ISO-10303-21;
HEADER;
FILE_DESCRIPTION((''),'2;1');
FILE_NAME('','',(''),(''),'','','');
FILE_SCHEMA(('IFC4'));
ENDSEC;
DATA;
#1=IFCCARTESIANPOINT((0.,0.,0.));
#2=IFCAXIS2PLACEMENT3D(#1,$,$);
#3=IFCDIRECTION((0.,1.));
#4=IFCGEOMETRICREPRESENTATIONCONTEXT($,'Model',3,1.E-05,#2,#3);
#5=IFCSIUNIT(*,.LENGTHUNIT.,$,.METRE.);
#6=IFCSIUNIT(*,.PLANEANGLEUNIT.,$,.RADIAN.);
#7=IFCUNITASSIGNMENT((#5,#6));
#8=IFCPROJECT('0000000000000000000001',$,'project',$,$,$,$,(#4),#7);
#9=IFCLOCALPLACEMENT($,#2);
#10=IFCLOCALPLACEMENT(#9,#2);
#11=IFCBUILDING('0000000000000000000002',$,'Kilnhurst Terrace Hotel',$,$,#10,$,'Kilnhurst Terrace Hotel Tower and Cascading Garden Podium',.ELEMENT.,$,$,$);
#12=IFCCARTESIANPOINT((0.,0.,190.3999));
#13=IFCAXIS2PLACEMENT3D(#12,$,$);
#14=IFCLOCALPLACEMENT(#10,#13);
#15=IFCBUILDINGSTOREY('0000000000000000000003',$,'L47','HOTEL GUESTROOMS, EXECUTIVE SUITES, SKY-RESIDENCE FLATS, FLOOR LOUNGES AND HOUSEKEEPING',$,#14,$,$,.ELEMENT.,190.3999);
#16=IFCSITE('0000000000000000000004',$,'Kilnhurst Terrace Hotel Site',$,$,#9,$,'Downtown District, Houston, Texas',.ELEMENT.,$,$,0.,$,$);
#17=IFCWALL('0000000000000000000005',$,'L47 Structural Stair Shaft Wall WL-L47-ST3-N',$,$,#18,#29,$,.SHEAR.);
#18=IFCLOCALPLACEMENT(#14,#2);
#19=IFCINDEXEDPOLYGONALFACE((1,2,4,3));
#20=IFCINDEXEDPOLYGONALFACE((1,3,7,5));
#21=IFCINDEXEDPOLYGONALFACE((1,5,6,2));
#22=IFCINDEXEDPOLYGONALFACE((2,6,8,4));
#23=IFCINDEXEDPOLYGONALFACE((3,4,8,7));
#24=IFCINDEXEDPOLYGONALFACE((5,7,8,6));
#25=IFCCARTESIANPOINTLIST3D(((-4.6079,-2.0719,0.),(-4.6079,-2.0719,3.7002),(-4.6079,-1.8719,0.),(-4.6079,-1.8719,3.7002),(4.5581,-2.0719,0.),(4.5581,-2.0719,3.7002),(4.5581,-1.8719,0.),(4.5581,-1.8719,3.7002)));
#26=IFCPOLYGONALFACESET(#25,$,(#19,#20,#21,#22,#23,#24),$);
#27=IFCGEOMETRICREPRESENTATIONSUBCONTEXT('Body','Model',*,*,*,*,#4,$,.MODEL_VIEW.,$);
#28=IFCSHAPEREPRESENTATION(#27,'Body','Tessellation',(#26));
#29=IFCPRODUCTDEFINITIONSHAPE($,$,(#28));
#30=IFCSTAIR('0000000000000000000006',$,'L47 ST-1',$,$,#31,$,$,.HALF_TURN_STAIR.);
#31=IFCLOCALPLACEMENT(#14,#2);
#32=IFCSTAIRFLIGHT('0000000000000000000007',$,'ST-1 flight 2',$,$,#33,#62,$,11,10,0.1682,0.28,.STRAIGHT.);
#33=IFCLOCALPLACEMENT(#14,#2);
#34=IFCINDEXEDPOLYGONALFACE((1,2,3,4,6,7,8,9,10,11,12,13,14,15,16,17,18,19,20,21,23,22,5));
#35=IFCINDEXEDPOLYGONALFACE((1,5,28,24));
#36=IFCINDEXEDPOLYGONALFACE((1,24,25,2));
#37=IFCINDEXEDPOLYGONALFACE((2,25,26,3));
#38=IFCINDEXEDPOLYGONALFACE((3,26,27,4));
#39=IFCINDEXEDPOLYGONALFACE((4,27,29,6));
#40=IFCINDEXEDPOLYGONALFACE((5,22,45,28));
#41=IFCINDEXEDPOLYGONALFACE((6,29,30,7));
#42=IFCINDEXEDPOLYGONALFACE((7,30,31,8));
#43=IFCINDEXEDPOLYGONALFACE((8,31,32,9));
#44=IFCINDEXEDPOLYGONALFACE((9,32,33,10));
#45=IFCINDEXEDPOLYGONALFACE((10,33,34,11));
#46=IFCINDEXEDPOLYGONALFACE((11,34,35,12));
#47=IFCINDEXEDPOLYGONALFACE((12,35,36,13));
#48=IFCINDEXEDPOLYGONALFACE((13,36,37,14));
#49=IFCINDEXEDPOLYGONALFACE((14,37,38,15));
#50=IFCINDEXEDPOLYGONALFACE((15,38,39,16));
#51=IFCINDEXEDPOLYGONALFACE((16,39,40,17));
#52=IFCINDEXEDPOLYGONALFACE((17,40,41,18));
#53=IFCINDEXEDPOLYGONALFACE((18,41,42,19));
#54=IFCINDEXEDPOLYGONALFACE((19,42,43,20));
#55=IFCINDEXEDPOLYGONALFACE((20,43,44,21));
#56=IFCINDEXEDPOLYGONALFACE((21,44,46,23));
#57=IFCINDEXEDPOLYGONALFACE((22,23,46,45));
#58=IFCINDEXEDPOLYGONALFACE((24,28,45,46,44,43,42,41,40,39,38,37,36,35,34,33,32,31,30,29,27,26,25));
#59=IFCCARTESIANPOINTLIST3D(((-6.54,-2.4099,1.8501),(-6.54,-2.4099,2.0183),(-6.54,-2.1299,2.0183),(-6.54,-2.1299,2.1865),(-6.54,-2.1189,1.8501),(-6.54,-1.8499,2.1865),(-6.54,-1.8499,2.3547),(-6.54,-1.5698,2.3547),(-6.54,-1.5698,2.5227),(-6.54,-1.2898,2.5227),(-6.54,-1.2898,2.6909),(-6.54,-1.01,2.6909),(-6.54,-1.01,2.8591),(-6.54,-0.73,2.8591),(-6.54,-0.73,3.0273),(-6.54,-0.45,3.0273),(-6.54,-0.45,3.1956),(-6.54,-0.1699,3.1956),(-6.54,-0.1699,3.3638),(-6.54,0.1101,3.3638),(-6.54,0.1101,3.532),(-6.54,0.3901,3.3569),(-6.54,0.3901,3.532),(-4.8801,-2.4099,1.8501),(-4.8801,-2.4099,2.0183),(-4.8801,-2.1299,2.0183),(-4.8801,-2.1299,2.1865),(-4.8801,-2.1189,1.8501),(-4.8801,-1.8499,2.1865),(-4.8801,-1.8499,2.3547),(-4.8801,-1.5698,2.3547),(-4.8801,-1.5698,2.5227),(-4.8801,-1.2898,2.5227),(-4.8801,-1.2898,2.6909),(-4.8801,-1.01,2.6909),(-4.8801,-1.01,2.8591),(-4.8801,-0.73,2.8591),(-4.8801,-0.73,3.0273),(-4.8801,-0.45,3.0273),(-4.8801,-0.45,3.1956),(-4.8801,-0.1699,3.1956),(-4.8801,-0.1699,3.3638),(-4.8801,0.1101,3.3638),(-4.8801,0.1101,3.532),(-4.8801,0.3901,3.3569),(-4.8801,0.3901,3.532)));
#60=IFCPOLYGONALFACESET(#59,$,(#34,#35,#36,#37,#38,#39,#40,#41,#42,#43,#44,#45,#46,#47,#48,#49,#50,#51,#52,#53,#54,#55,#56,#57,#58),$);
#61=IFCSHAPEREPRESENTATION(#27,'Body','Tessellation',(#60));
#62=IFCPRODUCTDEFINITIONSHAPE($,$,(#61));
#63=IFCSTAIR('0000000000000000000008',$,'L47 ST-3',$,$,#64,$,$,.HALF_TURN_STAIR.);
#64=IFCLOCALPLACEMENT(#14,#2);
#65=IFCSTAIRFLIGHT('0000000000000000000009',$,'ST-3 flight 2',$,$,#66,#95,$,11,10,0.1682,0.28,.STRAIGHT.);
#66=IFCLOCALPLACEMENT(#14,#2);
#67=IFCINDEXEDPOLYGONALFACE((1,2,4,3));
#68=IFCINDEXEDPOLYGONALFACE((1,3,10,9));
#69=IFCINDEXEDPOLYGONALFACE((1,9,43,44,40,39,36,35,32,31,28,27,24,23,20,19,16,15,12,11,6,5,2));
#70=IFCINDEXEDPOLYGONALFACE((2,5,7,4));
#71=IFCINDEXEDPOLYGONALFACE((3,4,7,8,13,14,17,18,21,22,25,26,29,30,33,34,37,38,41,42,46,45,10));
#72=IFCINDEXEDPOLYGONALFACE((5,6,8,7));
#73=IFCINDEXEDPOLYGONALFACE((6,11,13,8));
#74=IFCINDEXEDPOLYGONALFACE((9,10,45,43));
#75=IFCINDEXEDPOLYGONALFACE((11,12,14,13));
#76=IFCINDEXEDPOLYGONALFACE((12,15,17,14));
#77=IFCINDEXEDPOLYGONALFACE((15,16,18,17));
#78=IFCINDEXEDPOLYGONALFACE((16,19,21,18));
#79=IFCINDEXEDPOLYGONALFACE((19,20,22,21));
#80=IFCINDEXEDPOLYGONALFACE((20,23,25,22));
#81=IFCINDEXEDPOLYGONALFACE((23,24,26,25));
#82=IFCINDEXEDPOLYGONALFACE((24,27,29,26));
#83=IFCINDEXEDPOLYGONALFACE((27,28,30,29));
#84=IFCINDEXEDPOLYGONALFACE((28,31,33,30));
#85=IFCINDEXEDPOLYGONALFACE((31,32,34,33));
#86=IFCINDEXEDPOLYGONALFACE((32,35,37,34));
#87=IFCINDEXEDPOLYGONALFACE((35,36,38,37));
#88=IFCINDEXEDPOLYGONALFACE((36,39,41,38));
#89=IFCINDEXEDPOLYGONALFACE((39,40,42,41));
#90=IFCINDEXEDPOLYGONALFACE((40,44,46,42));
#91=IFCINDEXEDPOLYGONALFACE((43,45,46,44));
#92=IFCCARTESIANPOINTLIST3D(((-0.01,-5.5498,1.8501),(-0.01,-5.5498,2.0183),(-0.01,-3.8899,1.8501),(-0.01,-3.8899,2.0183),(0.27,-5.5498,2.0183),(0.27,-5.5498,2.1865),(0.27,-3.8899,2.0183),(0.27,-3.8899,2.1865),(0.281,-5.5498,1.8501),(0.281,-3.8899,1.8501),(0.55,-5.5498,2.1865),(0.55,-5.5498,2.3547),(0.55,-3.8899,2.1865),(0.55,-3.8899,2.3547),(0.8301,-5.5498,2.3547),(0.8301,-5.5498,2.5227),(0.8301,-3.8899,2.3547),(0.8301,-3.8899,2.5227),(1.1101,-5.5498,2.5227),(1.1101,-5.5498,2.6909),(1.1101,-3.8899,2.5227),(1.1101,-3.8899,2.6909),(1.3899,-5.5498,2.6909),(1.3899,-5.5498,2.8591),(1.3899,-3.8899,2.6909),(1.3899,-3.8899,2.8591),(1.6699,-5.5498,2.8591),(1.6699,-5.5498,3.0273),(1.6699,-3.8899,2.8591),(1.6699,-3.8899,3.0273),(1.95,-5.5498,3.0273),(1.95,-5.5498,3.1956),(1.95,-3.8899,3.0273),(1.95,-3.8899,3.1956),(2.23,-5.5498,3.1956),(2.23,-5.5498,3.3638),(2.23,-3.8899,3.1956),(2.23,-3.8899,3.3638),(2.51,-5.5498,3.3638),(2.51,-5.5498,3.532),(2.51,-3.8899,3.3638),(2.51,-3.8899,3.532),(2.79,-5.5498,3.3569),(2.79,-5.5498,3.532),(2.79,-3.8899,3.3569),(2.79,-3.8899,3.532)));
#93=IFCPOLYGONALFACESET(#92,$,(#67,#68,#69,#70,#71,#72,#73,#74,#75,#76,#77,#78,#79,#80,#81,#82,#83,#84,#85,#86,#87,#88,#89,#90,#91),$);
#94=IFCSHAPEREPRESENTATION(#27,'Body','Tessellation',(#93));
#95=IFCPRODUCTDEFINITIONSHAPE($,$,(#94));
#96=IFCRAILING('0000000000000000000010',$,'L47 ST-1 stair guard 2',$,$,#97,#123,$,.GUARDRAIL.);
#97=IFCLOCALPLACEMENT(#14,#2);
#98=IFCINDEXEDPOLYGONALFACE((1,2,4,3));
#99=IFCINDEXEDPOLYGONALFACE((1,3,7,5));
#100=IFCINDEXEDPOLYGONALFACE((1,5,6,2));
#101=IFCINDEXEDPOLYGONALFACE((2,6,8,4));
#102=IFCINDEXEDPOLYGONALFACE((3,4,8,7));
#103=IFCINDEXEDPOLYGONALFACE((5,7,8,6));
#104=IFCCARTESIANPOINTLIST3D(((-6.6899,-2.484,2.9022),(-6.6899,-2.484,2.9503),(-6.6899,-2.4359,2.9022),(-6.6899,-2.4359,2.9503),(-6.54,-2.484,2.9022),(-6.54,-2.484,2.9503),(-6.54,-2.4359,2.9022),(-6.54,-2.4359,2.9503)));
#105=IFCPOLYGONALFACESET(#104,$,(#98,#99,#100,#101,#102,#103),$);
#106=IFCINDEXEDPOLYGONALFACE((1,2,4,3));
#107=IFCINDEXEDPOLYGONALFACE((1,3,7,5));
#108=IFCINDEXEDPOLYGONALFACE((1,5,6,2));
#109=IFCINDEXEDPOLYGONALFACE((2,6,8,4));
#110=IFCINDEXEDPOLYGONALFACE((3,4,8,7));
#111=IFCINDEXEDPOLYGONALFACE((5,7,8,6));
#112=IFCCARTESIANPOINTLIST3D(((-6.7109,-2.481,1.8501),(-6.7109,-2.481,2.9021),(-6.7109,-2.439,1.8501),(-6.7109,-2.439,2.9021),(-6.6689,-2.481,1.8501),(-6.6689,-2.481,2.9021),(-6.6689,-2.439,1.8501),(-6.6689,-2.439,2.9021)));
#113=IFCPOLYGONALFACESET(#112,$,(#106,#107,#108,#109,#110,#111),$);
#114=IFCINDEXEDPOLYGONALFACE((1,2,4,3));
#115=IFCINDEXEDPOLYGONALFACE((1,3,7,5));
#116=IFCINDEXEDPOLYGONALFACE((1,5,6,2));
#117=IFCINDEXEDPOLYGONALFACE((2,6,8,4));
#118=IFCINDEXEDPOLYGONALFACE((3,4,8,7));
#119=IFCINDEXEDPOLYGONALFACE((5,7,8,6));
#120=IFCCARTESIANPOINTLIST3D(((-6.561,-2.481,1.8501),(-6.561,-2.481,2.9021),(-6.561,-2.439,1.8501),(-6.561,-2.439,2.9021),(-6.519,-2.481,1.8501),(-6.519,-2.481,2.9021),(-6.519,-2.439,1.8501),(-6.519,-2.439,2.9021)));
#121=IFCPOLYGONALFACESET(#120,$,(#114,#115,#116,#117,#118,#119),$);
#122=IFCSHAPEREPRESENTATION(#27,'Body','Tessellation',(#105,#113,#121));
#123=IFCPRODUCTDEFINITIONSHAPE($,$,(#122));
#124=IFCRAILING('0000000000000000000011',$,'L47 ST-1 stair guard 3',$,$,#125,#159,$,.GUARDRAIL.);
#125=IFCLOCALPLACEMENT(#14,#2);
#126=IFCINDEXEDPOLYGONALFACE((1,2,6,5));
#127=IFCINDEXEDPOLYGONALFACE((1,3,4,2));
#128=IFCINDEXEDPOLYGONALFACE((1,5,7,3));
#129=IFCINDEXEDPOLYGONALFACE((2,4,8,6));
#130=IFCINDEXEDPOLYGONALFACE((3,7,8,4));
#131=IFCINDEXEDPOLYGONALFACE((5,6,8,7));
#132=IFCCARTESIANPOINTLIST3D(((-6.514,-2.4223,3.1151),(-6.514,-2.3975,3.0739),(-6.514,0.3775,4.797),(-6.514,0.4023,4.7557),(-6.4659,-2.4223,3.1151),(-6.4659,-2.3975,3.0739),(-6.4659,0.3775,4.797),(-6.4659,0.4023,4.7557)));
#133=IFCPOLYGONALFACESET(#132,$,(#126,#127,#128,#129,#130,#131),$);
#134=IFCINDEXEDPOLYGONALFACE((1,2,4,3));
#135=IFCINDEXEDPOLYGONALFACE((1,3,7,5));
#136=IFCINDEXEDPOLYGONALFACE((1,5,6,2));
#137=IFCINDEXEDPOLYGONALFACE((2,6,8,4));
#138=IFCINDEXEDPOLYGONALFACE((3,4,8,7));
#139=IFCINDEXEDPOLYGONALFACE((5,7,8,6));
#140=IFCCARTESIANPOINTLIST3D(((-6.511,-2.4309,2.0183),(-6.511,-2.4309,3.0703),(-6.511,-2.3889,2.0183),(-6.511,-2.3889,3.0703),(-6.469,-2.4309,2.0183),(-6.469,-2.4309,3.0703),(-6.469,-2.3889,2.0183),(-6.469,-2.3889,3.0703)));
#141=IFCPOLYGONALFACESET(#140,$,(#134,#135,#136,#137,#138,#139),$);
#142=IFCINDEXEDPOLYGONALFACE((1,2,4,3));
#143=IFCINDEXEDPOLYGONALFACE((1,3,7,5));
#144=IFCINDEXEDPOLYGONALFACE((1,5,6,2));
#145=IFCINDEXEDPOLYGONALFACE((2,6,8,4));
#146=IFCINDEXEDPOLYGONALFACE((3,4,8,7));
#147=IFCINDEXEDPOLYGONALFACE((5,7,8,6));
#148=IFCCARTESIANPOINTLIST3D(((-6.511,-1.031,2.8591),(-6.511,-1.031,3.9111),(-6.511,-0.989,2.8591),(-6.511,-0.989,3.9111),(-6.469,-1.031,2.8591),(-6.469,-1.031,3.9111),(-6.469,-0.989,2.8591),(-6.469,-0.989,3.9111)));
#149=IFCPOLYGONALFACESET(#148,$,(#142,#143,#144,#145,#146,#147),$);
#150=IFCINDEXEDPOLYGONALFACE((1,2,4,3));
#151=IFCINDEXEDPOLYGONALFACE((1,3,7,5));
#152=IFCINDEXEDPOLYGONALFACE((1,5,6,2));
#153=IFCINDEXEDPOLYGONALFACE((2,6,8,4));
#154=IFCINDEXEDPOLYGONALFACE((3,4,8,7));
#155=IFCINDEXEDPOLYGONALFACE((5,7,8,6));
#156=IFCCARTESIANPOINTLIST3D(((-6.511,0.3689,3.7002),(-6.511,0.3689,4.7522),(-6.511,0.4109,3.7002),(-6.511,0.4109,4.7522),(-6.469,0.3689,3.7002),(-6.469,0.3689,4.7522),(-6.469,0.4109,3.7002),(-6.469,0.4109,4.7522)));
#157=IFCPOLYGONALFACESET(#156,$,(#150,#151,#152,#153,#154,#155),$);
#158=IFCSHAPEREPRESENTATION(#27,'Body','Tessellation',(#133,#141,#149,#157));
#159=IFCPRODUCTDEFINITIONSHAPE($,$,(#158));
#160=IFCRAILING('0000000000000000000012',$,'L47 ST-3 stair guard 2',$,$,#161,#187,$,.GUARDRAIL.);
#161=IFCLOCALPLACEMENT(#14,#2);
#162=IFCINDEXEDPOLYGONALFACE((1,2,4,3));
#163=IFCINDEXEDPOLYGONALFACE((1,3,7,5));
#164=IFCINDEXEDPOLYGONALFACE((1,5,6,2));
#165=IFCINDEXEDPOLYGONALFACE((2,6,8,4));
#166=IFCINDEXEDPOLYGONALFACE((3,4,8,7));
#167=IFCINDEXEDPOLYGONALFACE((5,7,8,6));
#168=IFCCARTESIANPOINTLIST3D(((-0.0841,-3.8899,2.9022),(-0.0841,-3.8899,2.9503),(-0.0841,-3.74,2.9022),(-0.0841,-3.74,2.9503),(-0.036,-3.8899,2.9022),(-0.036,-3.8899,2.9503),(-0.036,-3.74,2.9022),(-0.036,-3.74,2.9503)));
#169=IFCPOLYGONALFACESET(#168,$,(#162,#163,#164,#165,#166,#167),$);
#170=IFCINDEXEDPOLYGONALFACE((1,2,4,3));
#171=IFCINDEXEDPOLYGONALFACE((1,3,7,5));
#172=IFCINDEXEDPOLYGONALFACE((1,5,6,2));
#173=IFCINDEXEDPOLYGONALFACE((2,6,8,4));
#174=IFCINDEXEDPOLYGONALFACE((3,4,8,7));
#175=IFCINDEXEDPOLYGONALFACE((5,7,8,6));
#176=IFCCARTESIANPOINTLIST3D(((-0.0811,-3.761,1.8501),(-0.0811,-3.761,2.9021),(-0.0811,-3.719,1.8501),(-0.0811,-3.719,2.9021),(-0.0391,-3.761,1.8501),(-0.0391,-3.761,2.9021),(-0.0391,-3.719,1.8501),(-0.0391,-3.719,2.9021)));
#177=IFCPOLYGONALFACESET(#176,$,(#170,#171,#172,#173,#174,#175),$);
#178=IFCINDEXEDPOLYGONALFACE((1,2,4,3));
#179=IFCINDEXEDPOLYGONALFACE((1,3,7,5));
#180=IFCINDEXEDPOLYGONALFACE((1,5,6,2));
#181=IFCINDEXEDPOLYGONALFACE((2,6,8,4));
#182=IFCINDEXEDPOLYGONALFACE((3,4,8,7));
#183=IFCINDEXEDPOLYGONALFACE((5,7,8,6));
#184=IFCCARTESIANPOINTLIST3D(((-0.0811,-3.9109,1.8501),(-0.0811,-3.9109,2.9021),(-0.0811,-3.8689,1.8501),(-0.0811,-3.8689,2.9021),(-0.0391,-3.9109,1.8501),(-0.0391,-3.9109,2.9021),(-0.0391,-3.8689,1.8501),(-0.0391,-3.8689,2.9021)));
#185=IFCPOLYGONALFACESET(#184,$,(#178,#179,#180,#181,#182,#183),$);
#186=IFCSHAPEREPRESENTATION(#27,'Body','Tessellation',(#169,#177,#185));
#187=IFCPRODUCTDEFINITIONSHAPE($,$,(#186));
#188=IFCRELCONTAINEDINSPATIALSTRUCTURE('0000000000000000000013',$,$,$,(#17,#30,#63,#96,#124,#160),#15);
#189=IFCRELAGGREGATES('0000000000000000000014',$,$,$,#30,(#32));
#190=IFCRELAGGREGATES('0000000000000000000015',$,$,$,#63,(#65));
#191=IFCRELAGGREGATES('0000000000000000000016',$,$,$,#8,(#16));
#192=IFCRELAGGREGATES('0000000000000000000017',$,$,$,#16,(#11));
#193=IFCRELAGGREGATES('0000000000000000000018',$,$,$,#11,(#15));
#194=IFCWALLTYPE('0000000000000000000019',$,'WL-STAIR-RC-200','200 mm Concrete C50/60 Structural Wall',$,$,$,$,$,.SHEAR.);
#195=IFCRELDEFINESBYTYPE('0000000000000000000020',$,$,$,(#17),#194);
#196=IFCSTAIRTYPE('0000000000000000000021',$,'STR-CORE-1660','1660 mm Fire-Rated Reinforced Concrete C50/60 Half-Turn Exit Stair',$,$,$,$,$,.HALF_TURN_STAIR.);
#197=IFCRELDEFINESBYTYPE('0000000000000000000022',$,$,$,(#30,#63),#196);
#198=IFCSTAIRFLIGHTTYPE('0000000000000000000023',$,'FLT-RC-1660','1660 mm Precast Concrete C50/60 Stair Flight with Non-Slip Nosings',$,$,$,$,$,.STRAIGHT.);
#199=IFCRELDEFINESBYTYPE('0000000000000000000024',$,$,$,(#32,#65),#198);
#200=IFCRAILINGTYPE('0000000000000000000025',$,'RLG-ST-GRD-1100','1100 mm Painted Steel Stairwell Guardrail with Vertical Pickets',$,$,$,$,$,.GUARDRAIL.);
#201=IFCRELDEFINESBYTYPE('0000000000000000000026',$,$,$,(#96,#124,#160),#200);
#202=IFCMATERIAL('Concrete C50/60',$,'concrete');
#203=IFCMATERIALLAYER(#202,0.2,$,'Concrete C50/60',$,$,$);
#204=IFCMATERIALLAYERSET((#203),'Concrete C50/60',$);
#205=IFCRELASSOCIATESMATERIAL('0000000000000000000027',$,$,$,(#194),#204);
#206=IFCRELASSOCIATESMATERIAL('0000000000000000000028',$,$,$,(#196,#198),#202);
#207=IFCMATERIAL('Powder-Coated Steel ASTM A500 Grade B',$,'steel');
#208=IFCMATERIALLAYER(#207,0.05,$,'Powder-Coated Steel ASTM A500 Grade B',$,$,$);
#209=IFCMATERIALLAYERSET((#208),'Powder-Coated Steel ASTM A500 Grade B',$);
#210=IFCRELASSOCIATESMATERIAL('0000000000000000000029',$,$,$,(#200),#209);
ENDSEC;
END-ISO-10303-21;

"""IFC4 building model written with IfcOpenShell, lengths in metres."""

from ifc_helpers import new_model, si_unit, direction, frame, frame_2d, origin, origin_2d, place, context, subcontext, project, spatial, polyline, rectangle, outline, extrude, material, layer, layer_set, type_object, element, aggregate, save


model = new_model("IFC4")

# Units and contexts
model_context = context("Model", 3, precision=1e-05, world=origin(), true_north=direction((0.0, 1.0)))
body_context = subcontext(model_context, "Body", "Model", "MODEL_VIEW")
ifc_project = project(units=[si_unit("LENGTHUNIT", "METRE"), si_unit("PLANEANGLEUNIT", "RADIAN")], contexts=[model_context])

# Site, building, storey
site_placement = place(None, origin())
site = spatial("IfcSite", under=ifc_project, at=site_placement, Name="Kilnhurst Terrace Hotel Site", LongName="Downtown District, Houston, Texas", CompositionType="ELEMENT", RefElevation=0.0)
building_placement = place(site_placement, origin())
building = spatial("IfcBuilding", under=site, at=building_placement, Name="Kilnhurst Terrace Hotel", LongName="Kilnhurst Terrace Hotel Tower and Cascading Garden Podium", CompositionType="ELEMENT")
storey_placement = place(building_placement, frame((0.0, 0.0, 190.3999)))
storey = spatial("IfcBuildingStorey", under=building, at=storey_placement, Name="L47", Description="HOTEL GUESTROOMS, EXECUTIVE SUITES, SKY-RESIDENCE FLATS, FLOOR LOUNGES AND HOUSEKEEPING", CompositionType="ELEMENT", Elevation=190.3999)

# Shared definitions
ifc_material_1 = material(Name="Concrete C50/60", Category="concrete")
ifc_layer_1 = layer(ifc_material_1, 0.2, Name="Concrete C50/60")
ifc_layer_set_1 = layer_set([ifc_layer_1], Name="Concrete C50/60")
wall_type_1 = type_object("IfcWallType", Name="WL-STAIR-RC-200", Description="200 mm Concrete C50/60 Structural Wall", PredefinedType="SHEAR", material=ifc_layer_set_1)

# Wall
wall_1_placement = place(storey_placement, frame((-4.6079, -1.9719, 0.0), z_axis=(0.0, 0.0, 1.0), x_axis=(1.0, 0.0, 0.0)))
element("IfcWall", 1, at=wall_1_placement, inside=storey, type_object=wall_type_1, Name="L47 Structural Stair Shaft Wall WL-L47-ST3-N", PredefinedType="SHEAR", context=body_context, shape_type="SweptSolid", body=[
    extrude(rectangle(XDim=9.166, YDim=0.2, at=frame_2d((4.583, 0.0))), origin(), (0.0, 0.0, 1.0), 3.7002),
])

# Stairs, stair flights
stair_type = type_object("IfcStairType", Name="STR-CORE-1660", Description="1660 mm Fire-Rated Reinforced Concrete C50/60 Half-Turn Exit Stair", PredefinedType="HALF_TURN_STAIR", material=ifc_material_1)
stair_1_placement = place(storey_placement, origin())
stair_1 = element("IfcStair", 2, at=stair_1_placement, inside=storey, type_object=stair_type, Name="L47 ST-1", PredefinedType="HALF_TURN_STAIR")
stair_flight_type = type_object("IfcStairFlightType", Name="FLT-RC-1660", Description="1660 mm Precast Concrete C50/60 Stair Flight with Non-Slip Nosings", PredefinedType="STRAIGHT", material=ifc_material_1)
stair_flight_1_placement = place(storey_placement, frame((-5.71, -2.4099, 1.8501), z_axis=(0.0, 0.0, 1.0), x_axis=(0.0, 1.0, 0.0)))
stair_flight_1 = element("IfcStairFlight", 3, at=stair_flight_1_placement, type_object=stair_flight_type, Name="ST-1 flight 2", NumberOfRisers=11, NumberOfTreads=10, PredefinedType="STRAIGHT", RiserHeight=0.1682, TreadLength=0.28, context=body_context, shape_type="SweptSolid", body=[
    extrude(outline(polyline([(0.0, 0.0), (0.0, 0.1682), (0.28, 0.1682), (0.28, 0.3364), (0.5601, 0.3364), (0.5601, 0.5046), (0.8401, 0.5046), (0.8401, 0.6726), (1.1201, 0.6726), (1.1201, 0.8408), (1.3999, 0.8408), (1.3999, 1.009), (1.6799, 1.009), (1.6799, 1.1772), (1.96, 1.1772), (1.96, 1.3455), (2.24, 1.3455), (2.24, 1.5137), (2.52, 1.5137), (2.52, 1.6819), (2.8, 1.6819), (2.8, 1.8501), (2.8, 1.5068), (0.291, 0.0), (0.0, 0.0)])), frame((0.0, 0.8301, 0.0), z_axis=(0.0, -1.0, 0.0), x_axis=(1.0, 0.0, 0.0)), (0.0, 0.0, 1.0), 1.6599),
])
aggregate(stair_1, [stair_flight_1])
stair_2_placement = place(storey_placement, origin())
stair_2 = element("IfcStair", 4, at=stair_2_placement, inside=storey, type_object=stair_type, Name="L47 ST-3", PredefinedType="HALF_TURN_STAIR")
stair_flight_2_placement = place(storey_placement, frame((-0.01, -4.72, 1.8501), z_axis=(0.0, 0.0, 1.0), x_axis=(1.0, 0.0, 0.0)))
stair_flight_2 = element("IfcStairFlight", 5, at=stair_flight_2_placement, type_object=stair_flight_type, Name="ST-3 flight 2", NumberOfRisers=11, NumberOfTreads=10, PredefinedType="STRAIGHT", RiserHeight=0.1682, TreadLength=0.28, context=body_context, shape_type="SweptSolid", body=[
    extrude(outline(polyline([(0.0, 0.0), (0.0, 0.1682), (0.28, 0.1682), (0.28, 0.3364), (0.5601, 0.3364), (0.5601, 0.5046), (0.8401, 0.5046), (0.8401, 0.6726), (1.1201, 0.6726), (1.1201, 0.8408), (1.3999, 0.8408), (1.3999, 1.009), (1.6799, 1.009), (1.6799, 1.1772), (1.96, 1.1772), (1.96, 1.3455), (2.24, 1.3455), (2.24, 1.5137), (2.52, 1.5137), (2.52, 1.6819), (2.8, 1.6819), (2.8, 1.8501), (2.8, 1.5068), (0.291, 0.0), (0.0, 0.0)])), frame((0.0, 0.8301, 0.0), z_axis=(0.0, -1.0, 0.0), x_axis=(1.0, 0.0, 0.0)), (0.0, 0.0, 1.0), 1.6599),
])
aggregate(stair_2, [stair_flight_2])

# Railings
ifc_material_2 = material(Name="Powder-Coated Steel ASTM A500 Grade B", Category="steel")
ifc_layer_2 = layer(ifc_material_2, 0.05, Name="Powder-Coated Steel ASTM A500 Grade B")
ifc_layer_set_2 = layer_set([ifc_layer_2], Name="Powder-Coated Steel ASTM A500 Grade B")
railing_type_1 = type_object("IfcRailingType", Name="RLG-ST-GRD-1100", Description="1100 mm Painted Steel Stairwell Guardrail with Vertical Pickets", PredefinedType="GUARDRAIL", material=ifc_layer_set_2)
railing_1_placement = place(storey_placement, frame((-6.6899, -2.46, 1.8501)))
element("IfcRailing", 6, at=railing_1_placement, inside=storey, type_object=railing_type_1, Name="L47 ST-1 stair guard 2", PredefinedType="GUARDRAIL", context=body_context, shape_type="SweptSolid", body=[
    extrude(rectangle(XDim=0.0481, YDim=0.0481, at=origin_2d()), frame((0.0, 0.0, 1.0762), z_axis=(1.0, 0.0, 0.0), x_axis=(0.0, 1.0, 0.0)), (0.0, 0.0, 1.0), 0.1499),
    extrude(rectangle(XDim=0.042, YDim=0.042, at=origin_2d()), origin(), (0.0, 0.0, 1.0), 1.052),
    extrude(rectangle(XDim=0.042, YDim=0.042, at=origin_2d()), frame((0.1499, 0.0, 0.0)), (0.0, 0.0, 1.0), 1.052),
])
railing_2_placement = place(storey_placement, frame((-6.49, -2.4099, 2.0183)))
element("IfcRailing", 7, at=railing_2_placement, inside=storey, type_object=railing_type_1, Name="L47 ST-1 stair guard 3", PredefinedType="GUARDRAIL", context=body_context, shape_type="SweptSolid", body=[
    extrude(rectangle(XDim=0.0481, YDim=0.0481, at=origin_2d()), frame((0.0, 0.0, 1.0762), z_axis=(0.0, 0.857222, 0.514946), x_axis=(-1.0, 0.0, 0.0)), (0.0, 0.0, 1.0), 3.2661),
    extrude(rectangle(XDim=0.042, YDim=0.042, at=origin_2d()), origin(), (0.0, 0.0, 1.0), 1.052),
    extrude(rectangle(XDim=0.042, YDim=0.042, at=origin_2d()), frame((0.0, 1.3999, 0.8408)), (0.0, 0.0, 1.0), 1.052),
    extrude(rectangle(XDim=0.042, YDim=0.042, at=origin_2d()), frame((0.0, 2.7998, 1.6819)), (0.0, 0.0, 1.0), 1.052),
])
railing_3_placement = place(storey_placement, frame((-0.0601, -3.74, 1.8501)))
element("IfcRailing", 8, at=railing_3_placement, inside=storey, type_object=railing_type_1, Name="L47 ST-3 stair guard 2", PredefinedType="GUARDRAIL", context=body_context, shape_type="SweptSolid", body=[
    extrude(rectangle(XDim=0.0481, YDim=0.0481, at=origin_2d()), frame((0.0, 0.0, 1.0762), z_axis=(0.0, -1.0, 0.0), x_axis=(1.0, 0.0, 0.0)), (0.0, 0.0, 1.0), 0.1499),
    extrude(rectangle(XDim=0.042, YDim=0.042, at=origin_2d()), origin(), (0.0, 0.0, 1.0), 1.052),
    extrude(rectangle(XDim=0.042, YDim=0.042, at=origin_2d()), frame((0.0, -0.1499, 0.0)), (0.0, 0.0, 1.0), 1.052),
])

save(model, "model.ifc")
